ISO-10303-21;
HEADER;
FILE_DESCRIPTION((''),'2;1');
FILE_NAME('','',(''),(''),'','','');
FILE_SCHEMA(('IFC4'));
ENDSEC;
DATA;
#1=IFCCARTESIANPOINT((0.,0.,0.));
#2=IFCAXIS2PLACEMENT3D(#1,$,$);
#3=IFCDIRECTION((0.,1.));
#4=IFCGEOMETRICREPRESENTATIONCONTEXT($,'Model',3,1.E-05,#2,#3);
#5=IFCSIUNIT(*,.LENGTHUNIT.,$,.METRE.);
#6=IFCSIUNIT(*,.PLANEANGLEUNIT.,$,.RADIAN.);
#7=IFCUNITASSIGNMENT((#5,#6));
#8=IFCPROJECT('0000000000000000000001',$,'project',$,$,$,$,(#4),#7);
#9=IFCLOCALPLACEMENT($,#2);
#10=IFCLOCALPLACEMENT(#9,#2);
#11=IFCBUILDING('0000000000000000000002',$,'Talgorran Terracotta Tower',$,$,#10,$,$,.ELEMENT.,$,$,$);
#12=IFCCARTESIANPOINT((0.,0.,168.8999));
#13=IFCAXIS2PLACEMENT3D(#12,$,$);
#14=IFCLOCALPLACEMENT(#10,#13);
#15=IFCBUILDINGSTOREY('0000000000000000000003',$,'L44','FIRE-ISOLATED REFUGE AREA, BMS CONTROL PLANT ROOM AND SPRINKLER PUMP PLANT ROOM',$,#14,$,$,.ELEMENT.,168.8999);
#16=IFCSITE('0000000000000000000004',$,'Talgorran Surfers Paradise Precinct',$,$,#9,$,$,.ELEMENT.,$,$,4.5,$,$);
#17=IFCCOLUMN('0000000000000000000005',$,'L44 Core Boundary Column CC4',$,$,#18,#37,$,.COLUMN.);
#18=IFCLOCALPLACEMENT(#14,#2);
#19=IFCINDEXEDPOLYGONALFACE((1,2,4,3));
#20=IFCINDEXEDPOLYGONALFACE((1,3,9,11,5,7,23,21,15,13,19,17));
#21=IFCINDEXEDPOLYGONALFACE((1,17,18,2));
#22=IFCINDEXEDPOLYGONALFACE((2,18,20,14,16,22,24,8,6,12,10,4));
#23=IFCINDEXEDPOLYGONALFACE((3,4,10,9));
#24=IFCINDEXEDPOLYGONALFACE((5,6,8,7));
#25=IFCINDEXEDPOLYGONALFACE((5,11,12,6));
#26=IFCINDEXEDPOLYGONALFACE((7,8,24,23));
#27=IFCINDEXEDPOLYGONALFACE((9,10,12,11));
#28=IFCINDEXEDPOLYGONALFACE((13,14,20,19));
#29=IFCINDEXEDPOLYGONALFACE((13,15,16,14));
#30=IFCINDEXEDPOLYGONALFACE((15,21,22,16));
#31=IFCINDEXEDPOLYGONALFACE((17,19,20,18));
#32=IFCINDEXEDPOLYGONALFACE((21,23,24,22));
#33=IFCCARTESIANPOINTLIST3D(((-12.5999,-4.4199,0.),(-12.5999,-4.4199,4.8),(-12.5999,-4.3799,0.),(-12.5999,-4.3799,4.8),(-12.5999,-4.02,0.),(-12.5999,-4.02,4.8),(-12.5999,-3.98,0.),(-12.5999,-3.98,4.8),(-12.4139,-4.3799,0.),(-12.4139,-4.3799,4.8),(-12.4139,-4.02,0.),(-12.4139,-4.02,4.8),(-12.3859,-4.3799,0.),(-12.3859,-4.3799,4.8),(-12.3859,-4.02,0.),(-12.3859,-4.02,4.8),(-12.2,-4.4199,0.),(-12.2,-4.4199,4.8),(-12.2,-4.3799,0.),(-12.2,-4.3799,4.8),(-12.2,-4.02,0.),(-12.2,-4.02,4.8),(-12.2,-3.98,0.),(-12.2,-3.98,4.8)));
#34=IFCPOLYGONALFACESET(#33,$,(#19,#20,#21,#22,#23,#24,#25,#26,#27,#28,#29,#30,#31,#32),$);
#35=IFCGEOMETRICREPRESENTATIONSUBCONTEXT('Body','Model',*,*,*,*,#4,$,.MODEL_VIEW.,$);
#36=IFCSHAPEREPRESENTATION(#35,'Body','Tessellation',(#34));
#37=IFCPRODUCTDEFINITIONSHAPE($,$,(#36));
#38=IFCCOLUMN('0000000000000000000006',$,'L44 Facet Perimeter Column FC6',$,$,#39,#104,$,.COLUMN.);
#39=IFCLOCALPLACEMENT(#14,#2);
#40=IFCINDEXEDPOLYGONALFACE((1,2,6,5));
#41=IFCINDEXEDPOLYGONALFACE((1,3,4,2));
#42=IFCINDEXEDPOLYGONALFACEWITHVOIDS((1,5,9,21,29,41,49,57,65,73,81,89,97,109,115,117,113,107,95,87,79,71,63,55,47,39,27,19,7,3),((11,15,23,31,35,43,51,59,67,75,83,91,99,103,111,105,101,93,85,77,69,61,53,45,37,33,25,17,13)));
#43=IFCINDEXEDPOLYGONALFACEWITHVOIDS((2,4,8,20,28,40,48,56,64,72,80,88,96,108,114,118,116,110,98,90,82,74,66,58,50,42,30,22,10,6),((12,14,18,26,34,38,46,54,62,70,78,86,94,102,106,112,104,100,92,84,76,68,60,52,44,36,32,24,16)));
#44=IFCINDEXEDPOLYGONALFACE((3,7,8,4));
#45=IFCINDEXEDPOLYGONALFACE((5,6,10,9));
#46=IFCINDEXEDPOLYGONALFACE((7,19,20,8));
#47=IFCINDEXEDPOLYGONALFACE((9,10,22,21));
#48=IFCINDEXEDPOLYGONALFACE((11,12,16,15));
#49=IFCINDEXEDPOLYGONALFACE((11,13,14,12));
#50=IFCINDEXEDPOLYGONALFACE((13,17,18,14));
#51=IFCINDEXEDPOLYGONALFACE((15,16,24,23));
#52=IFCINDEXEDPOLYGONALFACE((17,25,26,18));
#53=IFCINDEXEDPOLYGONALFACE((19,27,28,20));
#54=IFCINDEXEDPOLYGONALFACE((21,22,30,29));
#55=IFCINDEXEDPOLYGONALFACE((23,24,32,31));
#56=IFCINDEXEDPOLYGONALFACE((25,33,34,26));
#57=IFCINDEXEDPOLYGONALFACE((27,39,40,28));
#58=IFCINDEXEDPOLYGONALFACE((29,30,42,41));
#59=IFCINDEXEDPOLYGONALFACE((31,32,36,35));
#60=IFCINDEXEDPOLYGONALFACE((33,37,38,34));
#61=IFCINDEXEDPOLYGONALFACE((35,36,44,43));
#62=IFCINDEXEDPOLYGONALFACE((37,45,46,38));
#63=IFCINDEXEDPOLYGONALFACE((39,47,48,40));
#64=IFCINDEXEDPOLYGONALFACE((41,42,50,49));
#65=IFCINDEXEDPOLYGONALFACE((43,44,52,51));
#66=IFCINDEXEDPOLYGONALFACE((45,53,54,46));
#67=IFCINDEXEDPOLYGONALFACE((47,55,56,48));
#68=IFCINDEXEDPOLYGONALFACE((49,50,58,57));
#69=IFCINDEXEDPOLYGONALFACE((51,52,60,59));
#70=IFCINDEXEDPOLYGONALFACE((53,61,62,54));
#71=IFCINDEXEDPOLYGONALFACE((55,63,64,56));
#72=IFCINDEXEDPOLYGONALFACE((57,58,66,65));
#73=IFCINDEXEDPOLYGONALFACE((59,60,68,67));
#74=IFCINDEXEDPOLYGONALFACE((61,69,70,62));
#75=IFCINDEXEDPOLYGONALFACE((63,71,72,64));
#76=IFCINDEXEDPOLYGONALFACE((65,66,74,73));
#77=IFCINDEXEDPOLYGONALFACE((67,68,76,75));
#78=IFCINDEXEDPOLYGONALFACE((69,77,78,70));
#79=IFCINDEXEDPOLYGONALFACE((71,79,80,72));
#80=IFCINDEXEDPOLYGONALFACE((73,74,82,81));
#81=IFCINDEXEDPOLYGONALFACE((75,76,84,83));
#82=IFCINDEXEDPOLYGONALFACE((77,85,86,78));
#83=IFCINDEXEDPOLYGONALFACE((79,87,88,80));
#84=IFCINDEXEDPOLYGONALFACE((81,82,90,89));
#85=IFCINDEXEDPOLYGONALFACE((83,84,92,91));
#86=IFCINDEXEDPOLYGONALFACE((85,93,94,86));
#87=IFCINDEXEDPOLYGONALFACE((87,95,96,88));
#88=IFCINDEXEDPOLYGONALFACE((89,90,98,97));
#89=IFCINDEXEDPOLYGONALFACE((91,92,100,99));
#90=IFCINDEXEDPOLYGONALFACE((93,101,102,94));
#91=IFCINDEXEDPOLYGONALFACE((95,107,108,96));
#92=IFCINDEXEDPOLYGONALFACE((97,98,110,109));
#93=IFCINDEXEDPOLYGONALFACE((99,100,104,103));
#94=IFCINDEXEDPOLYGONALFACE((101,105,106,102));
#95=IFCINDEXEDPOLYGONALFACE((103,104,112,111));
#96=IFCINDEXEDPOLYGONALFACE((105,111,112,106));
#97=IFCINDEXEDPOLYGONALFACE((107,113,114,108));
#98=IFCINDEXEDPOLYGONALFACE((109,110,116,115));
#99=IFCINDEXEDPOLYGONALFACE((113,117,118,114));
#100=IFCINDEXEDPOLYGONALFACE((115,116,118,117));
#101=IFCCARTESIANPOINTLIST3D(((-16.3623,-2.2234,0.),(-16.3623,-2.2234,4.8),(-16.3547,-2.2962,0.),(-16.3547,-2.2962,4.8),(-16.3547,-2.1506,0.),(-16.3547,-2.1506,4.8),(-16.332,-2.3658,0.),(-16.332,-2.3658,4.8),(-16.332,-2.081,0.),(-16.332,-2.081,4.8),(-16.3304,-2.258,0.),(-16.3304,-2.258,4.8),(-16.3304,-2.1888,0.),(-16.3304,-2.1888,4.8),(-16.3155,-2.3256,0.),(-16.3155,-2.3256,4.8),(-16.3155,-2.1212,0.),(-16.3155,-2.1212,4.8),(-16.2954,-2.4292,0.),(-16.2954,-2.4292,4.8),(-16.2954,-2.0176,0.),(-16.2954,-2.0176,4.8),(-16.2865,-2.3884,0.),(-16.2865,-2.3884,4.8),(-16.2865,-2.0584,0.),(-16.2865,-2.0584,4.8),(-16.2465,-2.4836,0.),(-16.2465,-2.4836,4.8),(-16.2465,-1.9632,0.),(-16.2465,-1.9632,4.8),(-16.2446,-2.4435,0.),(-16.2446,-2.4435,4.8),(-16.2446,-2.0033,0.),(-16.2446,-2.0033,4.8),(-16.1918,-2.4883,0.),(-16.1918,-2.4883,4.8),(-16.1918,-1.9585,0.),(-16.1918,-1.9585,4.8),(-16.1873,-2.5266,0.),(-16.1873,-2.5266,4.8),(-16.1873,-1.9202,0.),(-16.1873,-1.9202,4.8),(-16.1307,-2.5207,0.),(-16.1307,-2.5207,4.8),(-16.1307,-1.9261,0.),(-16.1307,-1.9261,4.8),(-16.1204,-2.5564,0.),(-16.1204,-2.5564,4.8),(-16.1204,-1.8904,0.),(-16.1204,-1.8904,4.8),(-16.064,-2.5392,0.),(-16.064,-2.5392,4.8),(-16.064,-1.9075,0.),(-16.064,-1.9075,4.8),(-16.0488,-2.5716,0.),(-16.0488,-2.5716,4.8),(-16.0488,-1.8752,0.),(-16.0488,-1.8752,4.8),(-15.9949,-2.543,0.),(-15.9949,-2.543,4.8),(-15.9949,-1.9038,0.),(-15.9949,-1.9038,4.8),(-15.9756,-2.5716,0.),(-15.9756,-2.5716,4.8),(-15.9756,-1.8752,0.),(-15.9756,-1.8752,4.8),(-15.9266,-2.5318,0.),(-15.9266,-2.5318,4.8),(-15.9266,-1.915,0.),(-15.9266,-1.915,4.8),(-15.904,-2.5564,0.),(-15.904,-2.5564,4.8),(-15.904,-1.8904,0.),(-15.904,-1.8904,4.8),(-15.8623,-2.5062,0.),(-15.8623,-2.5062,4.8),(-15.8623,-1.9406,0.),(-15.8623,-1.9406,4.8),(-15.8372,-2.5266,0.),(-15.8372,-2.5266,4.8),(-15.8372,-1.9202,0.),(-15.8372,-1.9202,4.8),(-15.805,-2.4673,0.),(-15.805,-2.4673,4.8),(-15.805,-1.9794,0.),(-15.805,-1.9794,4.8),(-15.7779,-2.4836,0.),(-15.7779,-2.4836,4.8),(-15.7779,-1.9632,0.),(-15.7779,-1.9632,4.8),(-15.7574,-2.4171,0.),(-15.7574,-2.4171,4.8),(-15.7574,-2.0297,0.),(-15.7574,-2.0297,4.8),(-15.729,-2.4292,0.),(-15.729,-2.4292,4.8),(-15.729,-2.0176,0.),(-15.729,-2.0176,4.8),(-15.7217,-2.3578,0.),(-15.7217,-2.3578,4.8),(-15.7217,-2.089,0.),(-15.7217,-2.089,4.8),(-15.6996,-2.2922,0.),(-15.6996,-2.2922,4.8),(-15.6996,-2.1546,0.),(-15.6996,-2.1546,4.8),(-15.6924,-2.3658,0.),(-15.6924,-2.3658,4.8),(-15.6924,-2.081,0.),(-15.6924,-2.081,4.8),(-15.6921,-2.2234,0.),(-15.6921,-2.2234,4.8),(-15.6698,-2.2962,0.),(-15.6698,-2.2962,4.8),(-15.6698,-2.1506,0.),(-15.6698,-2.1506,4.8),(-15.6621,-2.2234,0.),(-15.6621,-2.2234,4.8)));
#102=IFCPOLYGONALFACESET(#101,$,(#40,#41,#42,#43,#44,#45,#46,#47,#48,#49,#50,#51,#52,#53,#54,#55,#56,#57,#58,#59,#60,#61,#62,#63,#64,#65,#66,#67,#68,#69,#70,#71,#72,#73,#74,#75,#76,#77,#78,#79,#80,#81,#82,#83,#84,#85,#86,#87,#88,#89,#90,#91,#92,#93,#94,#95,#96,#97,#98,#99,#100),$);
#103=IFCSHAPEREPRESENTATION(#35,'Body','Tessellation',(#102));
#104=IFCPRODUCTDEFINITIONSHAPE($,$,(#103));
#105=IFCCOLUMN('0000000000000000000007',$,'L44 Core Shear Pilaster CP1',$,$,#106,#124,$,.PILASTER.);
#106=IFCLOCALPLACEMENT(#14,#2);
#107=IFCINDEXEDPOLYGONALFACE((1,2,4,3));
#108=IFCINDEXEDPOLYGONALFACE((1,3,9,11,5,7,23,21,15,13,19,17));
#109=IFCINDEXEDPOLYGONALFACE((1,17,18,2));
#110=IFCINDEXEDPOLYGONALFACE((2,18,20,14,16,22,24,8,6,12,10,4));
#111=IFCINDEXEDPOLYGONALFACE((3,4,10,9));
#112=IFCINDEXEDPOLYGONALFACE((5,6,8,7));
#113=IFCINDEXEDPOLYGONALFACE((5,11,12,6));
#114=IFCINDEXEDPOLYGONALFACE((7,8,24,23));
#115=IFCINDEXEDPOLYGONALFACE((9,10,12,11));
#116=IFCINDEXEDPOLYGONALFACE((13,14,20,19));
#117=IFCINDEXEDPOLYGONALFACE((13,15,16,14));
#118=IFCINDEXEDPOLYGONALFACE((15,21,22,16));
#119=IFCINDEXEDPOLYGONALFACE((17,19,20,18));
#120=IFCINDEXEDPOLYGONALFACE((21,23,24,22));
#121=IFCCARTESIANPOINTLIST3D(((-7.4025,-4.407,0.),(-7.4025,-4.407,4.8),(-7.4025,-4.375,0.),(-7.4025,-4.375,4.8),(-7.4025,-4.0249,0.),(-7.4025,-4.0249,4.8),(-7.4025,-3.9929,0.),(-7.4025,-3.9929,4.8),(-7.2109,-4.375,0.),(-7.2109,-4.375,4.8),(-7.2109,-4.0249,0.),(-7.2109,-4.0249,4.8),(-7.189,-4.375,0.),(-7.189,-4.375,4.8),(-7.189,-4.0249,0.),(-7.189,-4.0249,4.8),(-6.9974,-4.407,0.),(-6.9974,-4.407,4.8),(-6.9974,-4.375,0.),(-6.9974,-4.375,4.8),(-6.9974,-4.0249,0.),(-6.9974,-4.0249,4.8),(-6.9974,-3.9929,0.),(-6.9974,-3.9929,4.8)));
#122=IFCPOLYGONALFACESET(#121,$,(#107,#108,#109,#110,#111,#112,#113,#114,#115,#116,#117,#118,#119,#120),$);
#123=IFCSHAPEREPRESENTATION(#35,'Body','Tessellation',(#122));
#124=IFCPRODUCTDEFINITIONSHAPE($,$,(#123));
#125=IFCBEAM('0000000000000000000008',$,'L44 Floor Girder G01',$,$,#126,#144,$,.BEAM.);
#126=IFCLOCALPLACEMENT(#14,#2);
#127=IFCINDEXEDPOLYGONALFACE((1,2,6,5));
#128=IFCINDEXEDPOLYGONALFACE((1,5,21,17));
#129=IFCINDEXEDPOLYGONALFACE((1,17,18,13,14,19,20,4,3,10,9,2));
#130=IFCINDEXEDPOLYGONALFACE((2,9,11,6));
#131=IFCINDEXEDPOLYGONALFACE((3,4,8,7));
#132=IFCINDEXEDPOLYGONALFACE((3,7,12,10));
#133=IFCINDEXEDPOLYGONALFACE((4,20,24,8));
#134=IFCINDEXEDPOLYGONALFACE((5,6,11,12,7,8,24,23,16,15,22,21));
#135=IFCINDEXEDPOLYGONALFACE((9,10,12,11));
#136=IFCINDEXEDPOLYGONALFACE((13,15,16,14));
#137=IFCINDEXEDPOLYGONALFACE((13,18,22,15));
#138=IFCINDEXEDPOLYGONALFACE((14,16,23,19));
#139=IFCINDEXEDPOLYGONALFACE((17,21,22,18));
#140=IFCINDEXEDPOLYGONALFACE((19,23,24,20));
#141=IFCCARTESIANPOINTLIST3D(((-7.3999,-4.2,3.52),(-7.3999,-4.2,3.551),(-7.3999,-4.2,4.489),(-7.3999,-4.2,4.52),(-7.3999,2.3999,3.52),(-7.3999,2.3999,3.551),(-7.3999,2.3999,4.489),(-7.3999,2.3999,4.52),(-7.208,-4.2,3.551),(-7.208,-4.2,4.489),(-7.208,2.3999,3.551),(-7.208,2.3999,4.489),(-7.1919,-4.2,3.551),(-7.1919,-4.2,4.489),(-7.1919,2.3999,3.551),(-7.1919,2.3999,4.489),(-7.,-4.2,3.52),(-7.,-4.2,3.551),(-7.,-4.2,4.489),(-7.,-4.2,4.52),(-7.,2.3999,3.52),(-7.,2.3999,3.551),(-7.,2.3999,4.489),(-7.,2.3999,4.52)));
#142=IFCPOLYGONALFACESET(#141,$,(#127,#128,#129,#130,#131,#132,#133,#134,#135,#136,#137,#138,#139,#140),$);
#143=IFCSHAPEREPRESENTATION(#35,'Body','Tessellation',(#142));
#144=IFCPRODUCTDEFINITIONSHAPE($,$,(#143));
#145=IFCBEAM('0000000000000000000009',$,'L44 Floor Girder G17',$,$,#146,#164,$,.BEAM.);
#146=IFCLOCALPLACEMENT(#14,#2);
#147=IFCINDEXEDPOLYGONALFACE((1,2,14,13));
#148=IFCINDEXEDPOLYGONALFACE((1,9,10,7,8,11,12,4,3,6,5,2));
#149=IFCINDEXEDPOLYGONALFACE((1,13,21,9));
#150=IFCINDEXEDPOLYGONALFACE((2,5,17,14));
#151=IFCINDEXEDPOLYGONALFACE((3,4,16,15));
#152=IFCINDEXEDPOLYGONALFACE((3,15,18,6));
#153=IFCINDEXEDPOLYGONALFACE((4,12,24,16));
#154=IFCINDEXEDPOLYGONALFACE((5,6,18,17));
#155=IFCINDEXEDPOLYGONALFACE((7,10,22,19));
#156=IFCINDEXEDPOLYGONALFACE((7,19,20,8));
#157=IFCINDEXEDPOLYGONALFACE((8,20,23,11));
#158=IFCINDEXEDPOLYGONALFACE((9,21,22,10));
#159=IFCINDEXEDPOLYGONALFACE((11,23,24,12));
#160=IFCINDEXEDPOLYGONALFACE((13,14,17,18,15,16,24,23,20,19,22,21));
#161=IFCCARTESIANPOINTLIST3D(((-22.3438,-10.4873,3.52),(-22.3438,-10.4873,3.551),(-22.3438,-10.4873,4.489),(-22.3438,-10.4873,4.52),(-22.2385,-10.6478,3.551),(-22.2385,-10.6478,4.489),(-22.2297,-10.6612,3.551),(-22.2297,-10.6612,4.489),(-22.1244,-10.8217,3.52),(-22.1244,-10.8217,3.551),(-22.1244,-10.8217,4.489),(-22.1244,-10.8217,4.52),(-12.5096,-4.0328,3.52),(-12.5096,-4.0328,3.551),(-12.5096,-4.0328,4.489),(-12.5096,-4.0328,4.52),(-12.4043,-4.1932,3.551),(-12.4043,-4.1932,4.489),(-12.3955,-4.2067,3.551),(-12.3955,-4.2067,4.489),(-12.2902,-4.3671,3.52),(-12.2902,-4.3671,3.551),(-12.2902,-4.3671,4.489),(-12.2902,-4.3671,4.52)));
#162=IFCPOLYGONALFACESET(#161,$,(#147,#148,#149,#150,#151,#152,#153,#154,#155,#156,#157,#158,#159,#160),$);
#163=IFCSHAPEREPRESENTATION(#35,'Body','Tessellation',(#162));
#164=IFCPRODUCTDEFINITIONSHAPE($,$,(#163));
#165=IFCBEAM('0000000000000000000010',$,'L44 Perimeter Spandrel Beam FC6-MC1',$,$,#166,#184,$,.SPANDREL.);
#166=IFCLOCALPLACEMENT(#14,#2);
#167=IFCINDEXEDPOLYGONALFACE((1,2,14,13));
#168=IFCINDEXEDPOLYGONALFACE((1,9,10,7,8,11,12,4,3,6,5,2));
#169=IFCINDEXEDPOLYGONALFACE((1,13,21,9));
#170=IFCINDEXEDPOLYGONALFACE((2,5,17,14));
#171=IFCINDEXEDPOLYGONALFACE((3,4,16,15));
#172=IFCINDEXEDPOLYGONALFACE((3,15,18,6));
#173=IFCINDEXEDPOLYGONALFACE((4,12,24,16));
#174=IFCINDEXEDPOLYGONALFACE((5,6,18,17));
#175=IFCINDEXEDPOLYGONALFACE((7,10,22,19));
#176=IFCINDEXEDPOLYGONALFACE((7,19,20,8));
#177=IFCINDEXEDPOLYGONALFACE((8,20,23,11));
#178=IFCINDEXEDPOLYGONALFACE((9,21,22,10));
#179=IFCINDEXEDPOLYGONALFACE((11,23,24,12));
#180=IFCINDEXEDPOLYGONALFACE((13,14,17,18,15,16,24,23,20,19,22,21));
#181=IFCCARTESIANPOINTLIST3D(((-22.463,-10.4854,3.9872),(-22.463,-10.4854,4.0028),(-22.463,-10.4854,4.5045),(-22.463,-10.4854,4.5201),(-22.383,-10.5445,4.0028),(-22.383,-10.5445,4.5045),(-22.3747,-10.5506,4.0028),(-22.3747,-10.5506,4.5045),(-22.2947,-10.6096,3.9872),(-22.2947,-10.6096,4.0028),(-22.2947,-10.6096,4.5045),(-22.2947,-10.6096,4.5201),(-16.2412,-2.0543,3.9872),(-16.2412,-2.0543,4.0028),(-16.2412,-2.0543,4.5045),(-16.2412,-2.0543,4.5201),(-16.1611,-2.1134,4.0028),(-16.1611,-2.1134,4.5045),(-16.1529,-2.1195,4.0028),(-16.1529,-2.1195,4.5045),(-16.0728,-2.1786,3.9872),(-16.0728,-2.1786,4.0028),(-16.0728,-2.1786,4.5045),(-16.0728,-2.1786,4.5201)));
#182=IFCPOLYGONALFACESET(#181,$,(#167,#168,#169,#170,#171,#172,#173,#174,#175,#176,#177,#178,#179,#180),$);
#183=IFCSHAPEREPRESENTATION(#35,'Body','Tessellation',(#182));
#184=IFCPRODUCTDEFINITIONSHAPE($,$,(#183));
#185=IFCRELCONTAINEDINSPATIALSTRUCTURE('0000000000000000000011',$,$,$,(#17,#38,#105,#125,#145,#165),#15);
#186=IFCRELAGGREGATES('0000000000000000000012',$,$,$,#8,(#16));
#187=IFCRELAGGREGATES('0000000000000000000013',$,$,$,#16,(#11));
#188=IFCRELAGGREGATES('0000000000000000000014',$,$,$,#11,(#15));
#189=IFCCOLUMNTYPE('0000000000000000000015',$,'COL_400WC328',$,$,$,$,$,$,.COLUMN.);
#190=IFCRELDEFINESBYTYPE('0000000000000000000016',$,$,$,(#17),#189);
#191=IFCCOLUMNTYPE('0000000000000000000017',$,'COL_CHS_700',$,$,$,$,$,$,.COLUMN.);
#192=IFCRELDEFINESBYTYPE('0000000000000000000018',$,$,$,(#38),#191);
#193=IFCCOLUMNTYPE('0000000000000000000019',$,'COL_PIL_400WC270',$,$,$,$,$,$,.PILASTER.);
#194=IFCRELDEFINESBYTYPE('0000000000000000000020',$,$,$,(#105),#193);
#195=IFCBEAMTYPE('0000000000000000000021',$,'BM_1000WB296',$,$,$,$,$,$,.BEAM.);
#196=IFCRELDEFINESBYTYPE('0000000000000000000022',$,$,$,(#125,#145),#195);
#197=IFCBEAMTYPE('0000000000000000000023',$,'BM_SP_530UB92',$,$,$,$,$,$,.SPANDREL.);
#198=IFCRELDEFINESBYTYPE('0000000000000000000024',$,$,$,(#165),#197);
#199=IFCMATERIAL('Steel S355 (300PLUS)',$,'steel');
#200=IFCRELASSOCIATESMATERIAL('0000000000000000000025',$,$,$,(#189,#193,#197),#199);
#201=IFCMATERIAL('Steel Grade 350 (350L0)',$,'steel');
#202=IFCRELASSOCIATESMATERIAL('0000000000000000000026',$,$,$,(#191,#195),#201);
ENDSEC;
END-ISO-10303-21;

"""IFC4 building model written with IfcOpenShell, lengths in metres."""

from ifc_helpers import new_model, si_unit, direction, frame, origin, origin_2d, place, context, subcontext, project, spatial, hollow_circle, i_section, extrude, material, material_profile, profile_set, type_object, element, save


model = new_model("IFC4")

# Units and contexts
model_context = context("Model", 3, precision=1e-05, world=origin(), true_north=direction((0.0, 1.0)))
body_context = subcontext(model_context, "Body", "Model", "MODEL_VIEW")
ifc_project = project(units=[si_unit("LENGTHUNIT", "METRE"), si_unit("PLANEANGLEUNIT", "RADIAN")], contexts=[model_context])

# Site, building, storey
site_placement = place(None, origin())
site = spatial("IfcSite", under=ifc_project, at=site_placement, Name="Talgorran Surfers Paradise Precinct", CompositionType="ELEMENT", RefElevation=4.5)
building_placement = place(site_placement, origin())
building = spatial("IfcBuilding", under=site, at=building_placement, Name="Talgorran Terracotta Tower", CompositionType="ELEMENT")
storey_placement = place(building_placement, frame((0.0, 0.0, 168.8999)))
storey = spatial("IfcBuildingStorey", under=building, at=storey_placement, Name="L44", Description="FIRE-ISOLATED REFUGE AREA, BMS CONTROL PLANT ROOM AND SPRINKLER PUMP PLANT ROOM", CompositionType="ELEMENT", Elevation=168.8999)

# Columns
ifc_material_1 = material(Name="Steel S355 (300PLUS)", Category="steel")
ifc_material_profile_1 = material_profile(ifc_material_1, i_section(OverallWidth=0.3999, OverallDepth=0.4399, WebThickness=0.0281, FlangeThickness=0.04, at=origin_2d()), Name="400WC328")
ifc_profile_set_1 = profile_set([ifc_material_profile_1], Name="Steel S355 (300PLUS)")
column_type_1 = type_object("IfcColumnType", Name="COL_400WC328", PredefinedType="COLUMN", material=ifc_profile_set_1)
column_1_placement = place(storey_placement, frame((-12.3999, -4.2, 0.0), z_axis=(0.0, 0.0, 1.0), x_axis=(1.0, 0.0, 0.0)))
element("IfcColumn", 1, at=column_1_placement, inside=storey, type_object=column_type_1, Name="L44 Core Boundary Column CC4", PredefinedType="COLUMN", context=body_context, shape_type="SweptSolid", body=[
    extrude(i_section(OverallWidth=0.3999, OverallDepth=0.4399, WebThickness=0.0281, FlangeThickness=0.04, at=origin_2d()), origin(), (0.0, 0.0, 1.0), 4.8),
])
ifc_material_2 = material(Name="Steel Grade 350 (350L0)", Category="steel")
ifc_material_profile_2 = material_profile(ifc_material_2, hollow_circle(Radius=0.3501, WallThickness=0.03, at=origin_2d()), Name="CHS700X30")
ifc_profile_set_2 = profile_set([ifc_material_profile_2], Name="Steel Grade 350 (350L0)")
column_type_2 = type_object("IfcColumnType", Name="COL_CHS_700", PredefinedType="COLUMN", material=ifc_profile_set_2)
column_2_placement = place(storey_placement, frame((-16.0122, -2.2234, 0.0), z_axis=(0.0, 0.0, 1.0), x_axis=(1.0, 0.0, 0.0)))
element("IfcColumn", 2, at=column_2_placement, inside=storey, type_object=column_type_2, Name="L44 Facet Perimeter Column FC6", PredefinedType="COLUMN", context=body_context, shape_type="SweptSolid", body=[
    extrude(hollow_circle(Radius=0.3501, WallThickness=0.03, at=origin_2d()), origin(), (0.0, 0.0, 1.0), 4.8),
])
ifc_material_profile_3 = material_profile(ifc_material_1, i_section(OverallWidth=0.405, OverallDepth=0.4141, WebThickness=0.022, FlangeThickness=0.032, at=origin_2d()), Name="400WC270")
ifc_profile_set_3 = profile_set([ifc_material_profile_3], Name="Steel S355 (300PLUS)")
column_type_3 = type_object("IfcColumnType", Name="COL_PIL_400WC270", PredefinedType="PILASTER", material=ifc_profile_set_3)
column_3_placement = place(storey_placement, frame((-7.2, -4.2, 0.0), z_axis=(0.0, 0.0, 1.0), x_axis=(1.0, 0.0, 0.0)))
element("IfcColumn", 3, at=column_3_placement, inside=storey, type_object=column_type_3, Name="L44 Core Shear Pilaster CP1", PredefinedType="PILASTER", context=body_context, shape_type="SweptSolid", body=[
    extrude(i_section(OverallWidth=0.405, OverallDepth=0.4141, WebThickness=0.022, FlangeThickness=0.032, at=origin_2d()), origin(), (0.0, 0.0, 1.0), 4.8),
])

# Beams
ifc_material_profile_4 = material_profile(ifc_material_2, i_section(OverallWidth=0.3999, OverallDepth=1.0, WebThickness=0.0161, FlangeThickness=0.031, at=origin_2d()), Name="1000WB296")
ifc_profile_set_4 = profile_set([ifc_material_profile_4], Name="Steel Grade 350 (350L0)")
beam_type_1 = type_object("IfcBeamType", Name="BM_1000WB296", PredefinedType="BEAM", material=ifc_profile_set_4)
beam_1_placement = place(storey_placement, frame((-7.2, -4.2, 4.02), z_axis=(0.0, 1.0, 0.0), x_axis=(-1.0, 0.0, 0.0)))
element("IfcBeam", 4, at=beam_1_placement, inside=storey, type_object=beam_type_1, Name="L44 Floor Girder G01", PredefinedType="BEAM", context=body_context, shape_type="SweptSolid", body=[
    extrude(i_section(OverallWidth=0.3999, OverallDepth=1.0, WebThickness=0.0161, FlangeThickness=0.031, at=origin_2d()), origin(), (0.0, 0.0, 1.0), 6.5999),
])
beam_2_placement = place(storey_placement, frame((-12.3999, -4.2, 4.02), z_axis=(-0.836014, -0.548709, 0.0), x_axis=(0.548709, -0.836014, 0.0)))
element("IfcBeam", 5, at=beam_2_placement, inside=storey, type_object=beam_type_1, Name="L44 Floor Girder G17", PredefinedType="BEAM", context=body_context, shape_type="SweptSolid", body=[
    extrude(i_section(OverallWidth=0.3999, OverallDepth=1.0, WebThickness=0.0161, FlangeThickness=0.031, at=origin_2d()), origin(), (0.0, 0.0, 1.0), 11.7632),
])
ifc_material_profile_5 = material_profile(ifc_material_1, i_section(OverallWidth=0.2092, OverallDepth=0.533, WebThickness=0.0103, FlangeThickness=0.0156, at=origin_2d()), Name="530UB92.4")
ifc_profile_set_5 = profile_set([ifc_material_profile_5], Name="Steel S355 (300PLUS)")
beam_type_2 = type_object("IfcBeamType", Name="BM_SP_530UB92", PredefinedType="SPANDREL", material=ifc_profile_set_5)
beam_3_placement = place(storey_placement, frame((-16.157, -2.1165, 4.2537), z_axis=(-0.593786, -0.804623, 0.0), x_axis=(0.804623, -0.593786, 0.0)))
element("IfcBeam", 6, at=beam_3_placement, inside=storey, type_object=beam_type_2, Name="L44 Perimeter Spandrel Beam FC6-MC1", PredefinedType="SPANDREL", context=body_context, shape_type="SweptSolid", body=[
    extrude(i_section(OverallWidth=0.2092, OverallDepth=0.533, WebThickness=0.0103, FlangeThickness=0.0156, at=origin_2d()), origin(), (0.0, 0.0, 1.0), 10.4783),
])

save(model, "model.ifc")
